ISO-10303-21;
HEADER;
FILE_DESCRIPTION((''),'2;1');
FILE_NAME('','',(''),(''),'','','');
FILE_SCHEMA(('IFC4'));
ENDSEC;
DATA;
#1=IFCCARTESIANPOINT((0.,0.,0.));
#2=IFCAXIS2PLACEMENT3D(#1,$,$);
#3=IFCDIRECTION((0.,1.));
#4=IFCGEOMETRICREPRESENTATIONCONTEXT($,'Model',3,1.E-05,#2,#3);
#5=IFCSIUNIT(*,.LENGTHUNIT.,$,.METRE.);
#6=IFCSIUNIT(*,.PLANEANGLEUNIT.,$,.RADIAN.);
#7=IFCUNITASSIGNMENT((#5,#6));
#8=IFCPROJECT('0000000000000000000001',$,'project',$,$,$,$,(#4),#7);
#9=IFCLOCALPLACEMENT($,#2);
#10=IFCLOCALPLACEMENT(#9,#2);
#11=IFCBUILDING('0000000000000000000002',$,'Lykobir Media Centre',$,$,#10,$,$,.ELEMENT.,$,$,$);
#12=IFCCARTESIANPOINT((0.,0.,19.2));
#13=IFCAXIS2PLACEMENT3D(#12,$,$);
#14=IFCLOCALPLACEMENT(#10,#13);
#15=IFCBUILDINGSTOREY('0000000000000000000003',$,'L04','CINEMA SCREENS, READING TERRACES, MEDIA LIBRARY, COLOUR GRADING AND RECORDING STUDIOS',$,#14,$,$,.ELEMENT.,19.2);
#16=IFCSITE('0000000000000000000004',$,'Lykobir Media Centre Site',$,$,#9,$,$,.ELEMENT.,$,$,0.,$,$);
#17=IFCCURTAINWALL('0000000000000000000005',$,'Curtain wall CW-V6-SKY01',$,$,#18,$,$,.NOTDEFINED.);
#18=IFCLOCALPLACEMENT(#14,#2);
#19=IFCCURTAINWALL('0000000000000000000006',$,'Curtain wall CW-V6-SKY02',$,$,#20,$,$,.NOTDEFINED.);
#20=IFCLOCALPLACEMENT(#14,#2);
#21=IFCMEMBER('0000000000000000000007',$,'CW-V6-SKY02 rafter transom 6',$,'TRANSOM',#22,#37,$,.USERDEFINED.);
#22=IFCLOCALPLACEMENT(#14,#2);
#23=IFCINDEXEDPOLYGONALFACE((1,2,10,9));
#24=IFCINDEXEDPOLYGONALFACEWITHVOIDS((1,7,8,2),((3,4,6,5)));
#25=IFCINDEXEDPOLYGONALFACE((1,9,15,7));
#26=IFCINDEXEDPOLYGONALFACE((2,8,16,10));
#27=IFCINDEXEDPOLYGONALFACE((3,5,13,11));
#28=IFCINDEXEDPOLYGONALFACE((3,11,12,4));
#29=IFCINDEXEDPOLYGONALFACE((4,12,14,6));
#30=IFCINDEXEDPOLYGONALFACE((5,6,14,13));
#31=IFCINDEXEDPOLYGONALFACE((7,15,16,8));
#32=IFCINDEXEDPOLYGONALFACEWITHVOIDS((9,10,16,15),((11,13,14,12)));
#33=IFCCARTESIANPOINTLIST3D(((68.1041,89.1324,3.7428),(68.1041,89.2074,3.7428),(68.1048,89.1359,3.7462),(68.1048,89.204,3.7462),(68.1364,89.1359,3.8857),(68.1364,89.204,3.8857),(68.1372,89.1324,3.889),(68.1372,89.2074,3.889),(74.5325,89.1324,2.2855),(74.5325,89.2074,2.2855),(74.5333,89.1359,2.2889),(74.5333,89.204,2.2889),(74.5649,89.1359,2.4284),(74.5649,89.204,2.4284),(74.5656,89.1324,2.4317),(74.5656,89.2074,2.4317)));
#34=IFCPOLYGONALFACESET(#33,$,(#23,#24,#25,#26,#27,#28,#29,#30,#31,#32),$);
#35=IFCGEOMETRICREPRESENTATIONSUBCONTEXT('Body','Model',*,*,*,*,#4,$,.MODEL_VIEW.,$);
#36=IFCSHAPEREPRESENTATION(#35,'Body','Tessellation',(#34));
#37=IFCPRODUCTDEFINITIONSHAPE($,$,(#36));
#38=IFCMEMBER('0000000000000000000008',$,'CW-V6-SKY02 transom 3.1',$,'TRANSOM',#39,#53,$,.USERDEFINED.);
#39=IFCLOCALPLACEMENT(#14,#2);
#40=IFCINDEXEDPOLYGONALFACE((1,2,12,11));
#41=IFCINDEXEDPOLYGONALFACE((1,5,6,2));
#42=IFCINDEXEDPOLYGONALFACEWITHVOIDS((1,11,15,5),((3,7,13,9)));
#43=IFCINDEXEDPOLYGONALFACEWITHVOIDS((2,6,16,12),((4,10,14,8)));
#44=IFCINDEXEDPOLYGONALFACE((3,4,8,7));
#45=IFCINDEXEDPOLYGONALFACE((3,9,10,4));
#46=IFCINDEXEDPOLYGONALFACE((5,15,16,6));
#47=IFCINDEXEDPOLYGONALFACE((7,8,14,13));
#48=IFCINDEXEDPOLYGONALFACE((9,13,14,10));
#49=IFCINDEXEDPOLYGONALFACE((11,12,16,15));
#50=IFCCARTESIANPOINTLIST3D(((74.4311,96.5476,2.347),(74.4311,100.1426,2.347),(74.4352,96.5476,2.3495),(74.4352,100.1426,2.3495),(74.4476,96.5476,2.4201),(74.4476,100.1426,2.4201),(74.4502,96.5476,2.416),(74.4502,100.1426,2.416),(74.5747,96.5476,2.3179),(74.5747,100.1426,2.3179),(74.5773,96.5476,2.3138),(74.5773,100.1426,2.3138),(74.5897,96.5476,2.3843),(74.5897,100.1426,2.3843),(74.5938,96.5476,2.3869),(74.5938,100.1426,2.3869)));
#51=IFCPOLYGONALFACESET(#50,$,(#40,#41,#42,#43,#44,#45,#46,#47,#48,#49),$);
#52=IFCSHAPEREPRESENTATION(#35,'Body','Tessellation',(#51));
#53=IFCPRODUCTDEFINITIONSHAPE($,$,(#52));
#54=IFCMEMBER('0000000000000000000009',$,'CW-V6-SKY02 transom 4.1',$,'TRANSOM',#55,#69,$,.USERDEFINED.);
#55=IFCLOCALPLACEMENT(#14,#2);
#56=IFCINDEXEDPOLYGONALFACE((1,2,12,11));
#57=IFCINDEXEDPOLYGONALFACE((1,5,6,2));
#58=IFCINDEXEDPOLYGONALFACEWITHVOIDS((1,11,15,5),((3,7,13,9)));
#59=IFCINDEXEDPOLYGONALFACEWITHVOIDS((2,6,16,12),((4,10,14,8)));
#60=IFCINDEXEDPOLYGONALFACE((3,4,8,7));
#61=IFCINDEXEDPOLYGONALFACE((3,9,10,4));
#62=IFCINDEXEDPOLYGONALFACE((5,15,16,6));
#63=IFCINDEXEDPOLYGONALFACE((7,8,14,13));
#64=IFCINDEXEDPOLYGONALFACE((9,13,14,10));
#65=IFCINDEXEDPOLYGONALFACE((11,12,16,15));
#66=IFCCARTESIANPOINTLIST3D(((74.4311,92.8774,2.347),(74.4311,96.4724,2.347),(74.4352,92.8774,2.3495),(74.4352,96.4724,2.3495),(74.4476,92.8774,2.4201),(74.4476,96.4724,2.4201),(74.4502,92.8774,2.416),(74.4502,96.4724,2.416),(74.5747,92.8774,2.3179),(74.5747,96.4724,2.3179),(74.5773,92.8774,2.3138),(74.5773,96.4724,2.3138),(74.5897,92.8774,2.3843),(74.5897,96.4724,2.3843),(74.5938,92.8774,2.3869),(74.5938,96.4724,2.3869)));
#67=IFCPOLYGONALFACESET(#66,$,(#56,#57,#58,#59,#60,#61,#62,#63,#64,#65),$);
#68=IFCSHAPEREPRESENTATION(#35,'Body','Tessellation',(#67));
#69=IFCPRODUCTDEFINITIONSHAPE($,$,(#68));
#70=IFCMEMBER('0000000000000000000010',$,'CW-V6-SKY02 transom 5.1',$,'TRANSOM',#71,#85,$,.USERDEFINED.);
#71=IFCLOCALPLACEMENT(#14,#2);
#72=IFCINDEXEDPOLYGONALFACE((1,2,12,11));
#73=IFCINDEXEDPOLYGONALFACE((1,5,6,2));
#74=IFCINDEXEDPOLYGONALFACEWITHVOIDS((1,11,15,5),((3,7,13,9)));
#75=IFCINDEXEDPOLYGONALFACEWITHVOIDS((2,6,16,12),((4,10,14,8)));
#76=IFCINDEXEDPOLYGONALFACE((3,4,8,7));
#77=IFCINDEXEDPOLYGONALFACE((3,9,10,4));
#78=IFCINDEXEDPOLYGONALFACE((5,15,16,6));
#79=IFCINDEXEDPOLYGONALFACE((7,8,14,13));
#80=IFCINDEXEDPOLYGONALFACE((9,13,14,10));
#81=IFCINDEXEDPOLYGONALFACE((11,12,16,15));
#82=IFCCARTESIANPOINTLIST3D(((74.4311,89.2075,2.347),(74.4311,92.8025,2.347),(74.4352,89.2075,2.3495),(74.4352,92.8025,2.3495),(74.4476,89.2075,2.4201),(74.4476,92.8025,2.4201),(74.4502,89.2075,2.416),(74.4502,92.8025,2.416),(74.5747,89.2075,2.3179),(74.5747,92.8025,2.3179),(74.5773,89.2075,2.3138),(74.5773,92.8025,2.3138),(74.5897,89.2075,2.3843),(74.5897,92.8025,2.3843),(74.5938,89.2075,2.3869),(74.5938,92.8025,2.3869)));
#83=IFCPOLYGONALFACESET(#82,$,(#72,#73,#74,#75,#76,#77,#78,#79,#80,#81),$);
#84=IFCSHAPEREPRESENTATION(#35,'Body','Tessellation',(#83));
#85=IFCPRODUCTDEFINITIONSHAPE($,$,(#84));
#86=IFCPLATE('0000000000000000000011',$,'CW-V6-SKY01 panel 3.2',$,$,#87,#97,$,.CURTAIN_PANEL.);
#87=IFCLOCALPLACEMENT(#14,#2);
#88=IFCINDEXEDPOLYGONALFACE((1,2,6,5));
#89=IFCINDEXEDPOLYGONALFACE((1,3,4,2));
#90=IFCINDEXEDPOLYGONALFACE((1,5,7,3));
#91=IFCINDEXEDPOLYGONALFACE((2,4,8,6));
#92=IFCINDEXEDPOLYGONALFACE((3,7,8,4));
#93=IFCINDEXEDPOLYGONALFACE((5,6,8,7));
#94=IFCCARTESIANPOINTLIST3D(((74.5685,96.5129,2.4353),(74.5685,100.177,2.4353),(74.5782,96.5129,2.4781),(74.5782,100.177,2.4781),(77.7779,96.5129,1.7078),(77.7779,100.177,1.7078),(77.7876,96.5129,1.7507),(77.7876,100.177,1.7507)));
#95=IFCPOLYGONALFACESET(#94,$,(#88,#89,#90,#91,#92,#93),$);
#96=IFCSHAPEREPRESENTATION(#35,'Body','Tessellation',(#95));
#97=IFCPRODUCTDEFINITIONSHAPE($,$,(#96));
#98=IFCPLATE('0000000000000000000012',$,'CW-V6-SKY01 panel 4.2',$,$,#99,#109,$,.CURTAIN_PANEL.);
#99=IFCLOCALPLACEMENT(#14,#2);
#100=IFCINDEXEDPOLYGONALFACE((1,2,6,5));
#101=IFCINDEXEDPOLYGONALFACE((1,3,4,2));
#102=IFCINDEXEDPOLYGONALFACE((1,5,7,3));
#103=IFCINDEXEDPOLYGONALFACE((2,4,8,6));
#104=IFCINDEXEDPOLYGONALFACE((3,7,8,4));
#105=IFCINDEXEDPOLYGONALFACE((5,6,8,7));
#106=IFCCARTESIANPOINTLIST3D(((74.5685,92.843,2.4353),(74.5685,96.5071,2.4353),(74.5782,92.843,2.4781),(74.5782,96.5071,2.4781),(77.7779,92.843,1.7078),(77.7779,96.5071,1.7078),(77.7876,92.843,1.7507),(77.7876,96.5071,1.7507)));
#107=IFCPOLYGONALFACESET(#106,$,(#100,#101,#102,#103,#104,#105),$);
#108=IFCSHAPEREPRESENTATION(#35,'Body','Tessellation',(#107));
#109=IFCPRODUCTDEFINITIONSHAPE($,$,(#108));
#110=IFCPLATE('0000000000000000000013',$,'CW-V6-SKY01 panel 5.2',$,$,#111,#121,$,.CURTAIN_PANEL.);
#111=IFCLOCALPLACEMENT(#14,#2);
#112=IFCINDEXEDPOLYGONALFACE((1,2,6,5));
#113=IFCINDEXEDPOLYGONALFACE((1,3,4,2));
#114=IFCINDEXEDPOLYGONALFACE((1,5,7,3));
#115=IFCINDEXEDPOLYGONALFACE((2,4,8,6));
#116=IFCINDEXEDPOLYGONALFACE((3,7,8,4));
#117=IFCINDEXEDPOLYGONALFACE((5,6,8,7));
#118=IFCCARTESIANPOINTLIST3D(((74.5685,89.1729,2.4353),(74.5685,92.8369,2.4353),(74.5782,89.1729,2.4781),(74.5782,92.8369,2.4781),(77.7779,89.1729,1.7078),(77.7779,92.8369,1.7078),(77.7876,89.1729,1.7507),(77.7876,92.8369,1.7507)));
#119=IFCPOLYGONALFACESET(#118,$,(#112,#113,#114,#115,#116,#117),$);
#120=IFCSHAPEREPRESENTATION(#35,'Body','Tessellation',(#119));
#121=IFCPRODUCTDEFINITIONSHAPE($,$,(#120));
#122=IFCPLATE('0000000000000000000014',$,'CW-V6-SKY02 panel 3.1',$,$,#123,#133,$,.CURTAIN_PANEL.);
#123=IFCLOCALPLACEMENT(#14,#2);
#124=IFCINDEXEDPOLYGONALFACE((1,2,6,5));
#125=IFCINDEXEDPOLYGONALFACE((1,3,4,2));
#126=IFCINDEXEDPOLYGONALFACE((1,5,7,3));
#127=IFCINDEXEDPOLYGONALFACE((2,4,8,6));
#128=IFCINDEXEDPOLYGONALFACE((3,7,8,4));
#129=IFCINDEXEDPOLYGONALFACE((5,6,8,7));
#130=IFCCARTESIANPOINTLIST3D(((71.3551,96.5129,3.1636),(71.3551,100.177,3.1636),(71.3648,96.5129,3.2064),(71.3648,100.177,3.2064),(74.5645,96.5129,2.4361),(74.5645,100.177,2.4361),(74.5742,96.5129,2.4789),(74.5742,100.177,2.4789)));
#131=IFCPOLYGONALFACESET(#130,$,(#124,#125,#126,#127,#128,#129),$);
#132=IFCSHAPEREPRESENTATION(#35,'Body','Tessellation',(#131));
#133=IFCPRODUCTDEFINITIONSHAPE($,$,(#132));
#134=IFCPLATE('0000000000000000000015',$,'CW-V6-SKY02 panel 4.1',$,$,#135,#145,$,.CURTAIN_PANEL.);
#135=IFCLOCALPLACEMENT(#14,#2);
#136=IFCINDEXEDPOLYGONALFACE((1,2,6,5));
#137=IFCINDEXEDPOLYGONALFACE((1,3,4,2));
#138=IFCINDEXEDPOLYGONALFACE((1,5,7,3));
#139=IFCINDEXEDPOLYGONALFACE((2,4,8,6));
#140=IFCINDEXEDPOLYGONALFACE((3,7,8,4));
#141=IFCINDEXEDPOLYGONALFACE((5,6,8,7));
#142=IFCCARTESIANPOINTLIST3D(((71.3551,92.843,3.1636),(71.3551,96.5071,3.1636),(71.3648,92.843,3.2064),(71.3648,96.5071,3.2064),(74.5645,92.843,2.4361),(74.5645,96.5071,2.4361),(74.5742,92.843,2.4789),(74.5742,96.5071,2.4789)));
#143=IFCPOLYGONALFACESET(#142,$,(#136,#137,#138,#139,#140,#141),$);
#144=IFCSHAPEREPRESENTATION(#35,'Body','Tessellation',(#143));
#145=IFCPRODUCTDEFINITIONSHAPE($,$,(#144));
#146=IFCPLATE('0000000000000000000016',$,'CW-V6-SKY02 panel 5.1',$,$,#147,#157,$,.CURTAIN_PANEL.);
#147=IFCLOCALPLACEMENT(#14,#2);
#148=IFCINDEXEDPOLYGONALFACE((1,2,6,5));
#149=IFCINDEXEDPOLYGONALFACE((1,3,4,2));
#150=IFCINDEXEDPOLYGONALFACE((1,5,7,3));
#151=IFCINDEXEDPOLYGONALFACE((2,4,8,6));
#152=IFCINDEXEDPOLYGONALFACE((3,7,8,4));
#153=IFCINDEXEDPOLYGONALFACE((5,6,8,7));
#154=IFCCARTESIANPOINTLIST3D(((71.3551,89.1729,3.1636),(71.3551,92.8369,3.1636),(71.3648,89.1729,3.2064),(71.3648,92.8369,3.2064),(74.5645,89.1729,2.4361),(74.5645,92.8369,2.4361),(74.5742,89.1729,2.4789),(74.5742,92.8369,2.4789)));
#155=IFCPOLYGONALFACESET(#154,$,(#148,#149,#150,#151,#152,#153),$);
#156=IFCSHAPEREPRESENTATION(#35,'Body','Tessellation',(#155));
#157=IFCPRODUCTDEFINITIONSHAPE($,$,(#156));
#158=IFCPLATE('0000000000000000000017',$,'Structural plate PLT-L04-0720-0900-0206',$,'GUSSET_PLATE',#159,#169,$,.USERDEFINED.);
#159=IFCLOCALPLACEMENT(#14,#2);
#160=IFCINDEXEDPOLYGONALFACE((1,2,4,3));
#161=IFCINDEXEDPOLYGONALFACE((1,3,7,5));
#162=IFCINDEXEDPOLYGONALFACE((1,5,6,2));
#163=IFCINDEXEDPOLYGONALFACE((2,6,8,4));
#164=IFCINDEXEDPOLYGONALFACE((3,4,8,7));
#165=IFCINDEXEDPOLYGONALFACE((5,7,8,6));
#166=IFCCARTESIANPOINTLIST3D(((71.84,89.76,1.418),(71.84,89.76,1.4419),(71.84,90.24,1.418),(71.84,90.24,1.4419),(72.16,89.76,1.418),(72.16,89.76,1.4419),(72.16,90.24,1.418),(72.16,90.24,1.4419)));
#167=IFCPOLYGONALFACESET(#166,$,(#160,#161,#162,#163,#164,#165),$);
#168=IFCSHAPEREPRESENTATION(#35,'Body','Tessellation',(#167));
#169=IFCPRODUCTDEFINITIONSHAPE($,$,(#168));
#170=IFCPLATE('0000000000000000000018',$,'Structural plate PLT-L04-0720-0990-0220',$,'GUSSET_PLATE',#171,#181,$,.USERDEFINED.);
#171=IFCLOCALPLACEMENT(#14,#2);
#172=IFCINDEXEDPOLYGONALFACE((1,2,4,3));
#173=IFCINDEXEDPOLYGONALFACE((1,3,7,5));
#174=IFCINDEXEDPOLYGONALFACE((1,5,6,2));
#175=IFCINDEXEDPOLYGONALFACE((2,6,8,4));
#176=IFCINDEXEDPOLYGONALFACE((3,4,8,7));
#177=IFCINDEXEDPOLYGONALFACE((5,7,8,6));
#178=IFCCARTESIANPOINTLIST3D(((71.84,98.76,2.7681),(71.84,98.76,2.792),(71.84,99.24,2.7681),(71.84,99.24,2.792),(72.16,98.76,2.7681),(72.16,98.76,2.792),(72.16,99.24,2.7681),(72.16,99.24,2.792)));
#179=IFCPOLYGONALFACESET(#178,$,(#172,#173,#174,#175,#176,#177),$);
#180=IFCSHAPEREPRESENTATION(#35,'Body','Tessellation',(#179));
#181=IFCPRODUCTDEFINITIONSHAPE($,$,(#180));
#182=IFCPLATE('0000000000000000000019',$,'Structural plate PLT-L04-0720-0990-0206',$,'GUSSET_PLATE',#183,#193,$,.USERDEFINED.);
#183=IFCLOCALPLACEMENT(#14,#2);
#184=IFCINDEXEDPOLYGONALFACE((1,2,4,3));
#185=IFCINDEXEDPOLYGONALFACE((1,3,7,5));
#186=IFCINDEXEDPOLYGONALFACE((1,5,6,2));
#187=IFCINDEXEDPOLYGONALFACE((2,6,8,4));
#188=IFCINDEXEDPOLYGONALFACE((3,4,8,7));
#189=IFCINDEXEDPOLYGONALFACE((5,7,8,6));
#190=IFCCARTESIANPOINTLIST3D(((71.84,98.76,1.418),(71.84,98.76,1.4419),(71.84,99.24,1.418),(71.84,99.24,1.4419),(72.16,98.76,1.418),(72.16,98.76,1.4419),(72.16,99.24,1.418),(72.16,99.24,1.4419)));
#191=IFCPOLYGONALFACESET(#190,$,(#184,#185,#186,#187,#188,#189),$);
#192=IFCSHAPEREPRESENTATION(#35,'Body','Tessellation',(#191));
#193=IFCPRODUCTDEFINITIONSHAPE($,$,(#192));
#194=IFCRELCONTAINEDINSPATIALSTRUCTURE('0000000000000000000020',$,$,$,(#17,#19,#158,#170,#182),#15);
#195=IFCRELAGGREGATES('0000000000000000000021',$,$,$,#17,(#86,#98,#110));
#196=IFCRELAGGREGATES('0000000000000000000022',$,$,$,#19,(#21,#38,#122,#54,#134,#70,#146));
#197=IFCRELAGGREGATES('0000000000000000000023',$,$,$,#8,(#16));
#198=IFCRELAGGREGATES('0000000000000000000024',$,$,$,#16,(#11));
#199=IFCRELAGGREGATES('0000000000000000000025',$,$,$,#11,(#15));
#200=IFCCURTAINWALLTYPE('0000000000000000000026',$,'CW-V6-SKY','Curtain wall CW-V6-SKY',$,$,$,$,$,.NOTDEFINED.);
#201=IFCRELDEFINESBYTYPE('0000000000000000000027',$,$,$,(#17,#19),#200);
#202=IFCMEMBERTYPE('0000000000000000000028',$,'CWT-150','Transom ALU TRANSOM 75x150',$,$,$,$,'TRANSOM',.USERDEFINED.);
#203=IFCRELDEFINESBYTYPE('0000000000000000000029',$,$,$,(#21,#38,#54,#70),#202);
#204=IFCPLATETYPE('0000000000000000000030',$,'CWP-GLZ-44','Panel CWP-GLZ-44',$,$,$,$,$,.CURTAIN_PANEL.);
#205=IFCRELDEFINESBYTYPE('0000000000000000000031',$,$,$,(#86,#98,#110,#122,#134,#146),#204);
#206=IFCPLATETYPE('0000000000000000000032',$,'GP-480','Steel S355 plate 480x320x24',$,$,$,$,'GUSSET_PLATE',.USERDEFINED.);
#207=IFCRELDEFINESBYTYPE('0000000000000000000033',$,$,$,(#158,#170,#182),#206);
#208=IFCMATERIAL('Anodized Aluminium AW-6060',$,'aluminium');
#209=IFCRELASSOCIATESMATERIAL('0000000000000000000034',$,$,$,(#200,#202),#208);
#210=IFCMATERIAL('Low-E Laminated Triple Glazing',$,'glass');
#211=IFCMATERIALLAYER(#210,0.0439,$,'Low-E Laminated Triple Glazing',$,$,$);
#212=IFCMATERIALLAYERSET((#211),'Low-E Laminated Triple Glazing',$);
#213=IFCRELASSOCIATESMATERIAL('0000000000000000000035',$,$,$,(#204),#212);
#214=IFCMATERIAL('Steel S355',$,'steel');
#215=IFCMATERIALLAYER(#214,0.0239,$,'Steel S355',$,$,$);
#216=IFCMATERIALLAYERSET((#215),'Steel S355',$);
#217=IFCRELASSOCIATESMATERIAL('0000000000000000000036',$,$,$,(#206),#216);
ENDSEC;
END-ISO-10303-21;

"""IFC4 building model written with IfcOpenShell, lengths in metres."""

from ifc_helpers import new_model, si_unit, direction, frame, origin, origin_2d, place, context, subcontext, project, spatial, rectangle, hollow_rectangle, extrude, material, layer, layer_set, material_profile, profile_set, type_object, element, aggregate, save


model = new_model("IFC4")

# Units and contexts
model_context = context("Model", 3, precision=1e-05, world=origin(), true_north=direction((0.0, 1.0)))
body_context = subcontext(model_context, "Body", "Model", "MODEL_VIEW")
ifc_project = project(units=[si_unit("LENGTHUNIT", "METRE"), si_unit("PLANEANGLEUNIT", "RADIAN")], contexts=[model_context])

# Site, building, storey
site_placement = place(None, origin())
site = spatial("IfcSite", under=ifc_project, at=site_placement, Name="Lykobir Media Centre Site", CompositionType="ELEMENT", RefElevation=0.0)
building_placement = place(site_placement, origin())
building = spatial("IfcBuilding", under=site, at=building_placement, Name="Lykobir Media Centre", CompositionType="ELEMENT")
storey_placement = place(building_placement, frame((0.0, 0.0, 19.2)))
storey = spatial("IfcBuildingStorey", under=building, at=storey_placement, Name="L04", Description="CINEMA SCREENS, READING TERRACES, MEDIA LIBRARY, COLOUR GRADING AND RECORDING STUDIOS", CompositionType="ELEMENT", Elevation=19.2)

# Shared definitions
ifc_material_1 = material(Name="Steel S355", Category="steel")

# Curtain walls, members
ifc_material_2 = material(Name="Anodized Aluminium AW-6060", Category="aluminium")
curtain_wall_type = type_object("IfcCurtainWallType", Name="CW-V6-SKY", Description="Curtain wall CW-V6-SKY", PredefinedType="NOTDEFINED", material=ifc_material_2)
curtain_wall_1_placement = place(storey_placement, origin())
curtain_wall_1 = element("IfcCurtainWall", 1, at=curtain_wall_1_placement, inside=storey, type_object=curtain_wall_type, Name="Curtain wall CW-V6-SKY01", PredefinedType="NOTDEFINED")
ifc_material_profile_1 = material_profile(ifc_material_2, hollow_rectangle(XDim=0.075, YDim=0.1499, WallThickness=0.0034, at=origin_2d()), Name="ALU TRANSOM 75x150")
ifc_profile_set_1 = profile_set([ifc_material_profile_1], Name="Anodized Aluminium AW-6060")
member_type_1 = type_object("IfcMemberType", Name="CWT-150", Description="Transom ALU TRANSOM 75x150", ElementType="TRANSOM", PredefinedType="USERDEFINED", material=ifc_profile_set_1)
curtain_wall_2_placement = place(storey_placement, origin())
curtain_wall_2 = element("IfcCurtainWall", 2, at=curtain_wall_2_placement, inside=storey, type_object=curtain_wall_type, Name="Curtain wall CW-V6-SKY02", PredefinedType="NOTDEFINED")
member_1_placement = place(storey_placement, frame((74.5491, 89.1699, 2.3586), z_axis=(-0.975255, 0.0, 0.221082), x_axis=(0.0, -1.0, 0.0)))
member_1 = element("IfcMember", 3, at=member_1_placement, type_object=member_type_1, Name="CW-V6-SKY02 rafter transom 6", ObjectType="TRANSOM", PredefinedType="USERDEFINED", context=body_context, shape_type="SweptSolid", body=[
    extrude(hollow_rectangle(XDim=0.075, YDim=0.1499, WallThickness=0.0034, at=origin_2d()), origin(), (0.0, 0.0, 1.0), 6.5916),
])
member_2_placement = place(storey_placement, frame((74.5125, 100.1426, 2.3669), z_axis=(0.0, -1.0, 0.0), x_axis=(0.221072, 0.0, 0.975258)))
member_2 = element("IfcMember", 4, at=member_2_placement, type_object=member_type_1, Name="CW-V6-SKY02 transom 3.1", ObjectType="TRANSOM", PredefinedType="USERDEFINED", context=body_context, shape_type="SweptSolid", body=[
    extrude(hollow_rectangle(XDim=0.075, YDim=0.1499, WallThickness=0.0034, at=origin_2d()), origin(), (0.0, 0.0, 1.0), 3.595),
])
member_3_placement = place(storey_placement, frame((74.5125, 96.4724, 2.3669), z_axis=(0.0, -1.0, 0.0), x_axis=(0.221072, 0.0, 0.975258)))
member_3 = element("IfcMember", 5, at=member_3_placement, type_object=member_type_1, Name="CW-V6-SKY02 transom 4.1", ObjectType="TRANSOM", PredefinedType="USERDEFINED", context=body_context, shape_type="SweptSolid", body=[
    extrude(hollow_rectangle(XDim=0.075, YDim=0.1499, WallThickness=0.0034, at=origin_2d()), origin(), (0.0, 0.0, 1.0), 3.595),
])
member_4_placement = place(storey_placement, frame((74.5125, 92.8025, 2.3669), z_axis=(0.0, -1.0, 0.0), x_axis=(0.221072, 0.0, 0.975258)))
member_4 = element("IfcMember", 6, at=member_4_placement, type_object=member_type_1, Name="CW-V6-SKY02 transom 5.1", ObjectType="TRANSOM", PredefinedType="USERDEFINED", context=body_context, shape_type="SweptSolid", body=[
    extrude(hollow_rectangle(XDim=0.075, YDim=0.1499, WallThickness=0.0034, at=origin_2d()), origin(), (0.0, 0.0, 1.0), 3.595),
])

# Plates
ifc_material_3 = material(Name="Low-E Laminated Triple Glazing", Category="glass")
ifc_layer_1 = layer(ifc_material_3, 0.0439, Name="Low-E Laminated Triple Glazing")
ifc_layer_set_1 = layer_set([ifc_layer_1], Name="Low-E Laminated Triple Glazing")
plate_type_1 = type_object("IfcPlateType", Name="CWP-GLZ-44", Description="Panel CWP-GLZ-44", PredefinedType="CURTAIN_PANEL", material=ifc_layer_set_1)
plate_1_placement = place(storey_placement, frame((77.7827, 98.345, 1.7292), z_axis=(-0.975261, 0.0, 0.221055), x_axis=(0.0, -1.0, 0.0)))
plate_1 = element("IfcPlate", 7, at=plate_1_placement, type_object=plate_type_1, Name="CW-V6-SKY01 panel 3.2", PredefinedType="CURTAIN_PANEL", context=body_context, shape_type="SweptSolid", body=[
    extrude(rectangle(XDim=3.6641, YDim=0.0439, at=origin_2d()), origin(), (0.0, 0.0, 1.0), 3.2908),
])
plate_2_placement = place(storey_placement, frame((77.7827, 94.675, 1.7292), z_axis=(-0.975261, 0.0, 0.221055), x_axis=(0.0, -1.0, 0.0)))
plate_2 = element("IfcPlate", 8, at=plate_2_placement, type_object=plate_type_1, Name="CW-V6-SKY01 panel 4.2", PredefinedType="CURTAIN_PANEL", context=body_context, shape_type="SweptSolid", body=[
    extrude(rectangle(XDim=3.6641, YDim=0.0439, at=origin_2d()), origin(), (0.0, 0.0, 1.0), 3.2908),
])
plate_3_placement = place(storey_placement, frame((77.7827, 91.0049, 1.7292), z_axis=(-0.975261, 0.0, 0.221055), x_axis=(0.0, -1.0, 0.0)))
plate_3 = element("IfcPlate", 9, at=plate_3_placement, type_object=plate_type_1, Name="CW-V6-SKY01 panel 5.2", PredefinedType="CURTAIN_PANEL", context=body_context, shape_type="SweptSolid", body=[
    extrude(rectangle(XDim=3.6641, YDim=0.0439, at=origin_2d()), origin(), (0.0, 0.0, 1.0), 3.2908),
])
aggregate(curtain_wall_1, [plate_1, plate_2, plate_3])
plate_4_placement = place(storey_placement, frame((74.5693, 98.345, 2.4575), z_axis=(-0.975258, 0.0, 0.221072), x_axis=(0.0, -1.0, 0.0)))
plate_4 = element("IfcPlate", 10, at=plate_4_placement, type_object=plate_type_1, Name="CW-V6-SKY02 panel 3.1", PredefinedType="CURTAIN_PANEL", context=body_context, shape_type="SweptSolid", body=[
    extrude(rectangle(XDim=3.6641, YDim=0.0439, at=origin_2d()), origin(), (0.0, 0.0, 1.0), 3.2908),
])
plate_5_placement = place(storey_placement, frame((74.5693, 94.675, 2.4575), z_axis=(-0.975258, 0.0, 0.221072), x_axis=(0.0, -1.0, 0.0)))
plate_5 = element("IfcPlate", 11, at=plate_5_placement, type_object=plate_type_1, Name="CW-V6-SKY02 panel 4.1", PredefinedType="CURTAIN_PANEL", context=body_context, shape_type="SweptSolid", body=[
    extrude(rectangle(XDim=3.6641, YDim=0.0439, at=origin_2d()), origin(), (0.0, 0.0, 1.0), 3.2908),
])
plate_6_placement = place(storey_placement, frame((74.5693, 91.0049, 2.4575), z_axis=(-0.975258, 0.0, 0.221072), x_axis=(0.0, -1.0, 0.0)))
plate_6 = element("IfcPlate", 12, at=plate_6_placement, type_object=plate_type_1, Name="CW-V6-SKY02 panel 5.1", PredefinedType="CURTAIN_PANEL", context=body_context, shape_type="SweptSolid", body=[
    extrude(rectangle(XDim=3.6641, YDim=0.0439, at=origin_2d()), origin(), (0.0, 0.0, 1.0), 3.2908),
])
aggregate(curtain_wall_2, [member_1, member_2, plate_4, member_3, plate_5, member_4, plate_6])

# Plates
ifc_layer_2 = layer(ifc_material_1, 0.0239, Name="Steel S355")
ifc_layer_set_2 = layer_set([ifc_layer_2], Name="Steel S355")
plate_type_2 = type_object("IfcPlateType", Name="GP-480", Description="Steel S355 plate 480x320x24", ElementType="GUSSET_PLATE", PredefinedType="USERDEFINED", material=ifc_layer_set_2)
for number, where, z_axis, x_axis, name in (
    (13, (72.0, 90.0, 1.418), (0.0, 0.0, 1.0), (0.0, 1.0, 0.0), "Structural plate PLT-L04-0720-0900-0206"),
    (14, (72.0, 99.0, 2.7681), (0.0, 0.0, 1.0), (0.0, 1.0, 0.0), "Structural plate PLT-L04-0720-0990-0220"),
    (15, (72.0, 99.0, 1.418), (0.0, 0.0, 1.0), (0.0, 1.0, 0.0), "Structural plate PLT-L04-0720-0990-0206"),
):
    element("IfcPlate", number, at=place(storey_placement, frame(where, z_axis=z_axis, x_axis=x_axis)), inside=storey, type_object=plate_type_2, Name=name, ObjectType="GUSSET_PLATE", PredefinedType="USERDEFINED", context=body_context, shape_type="SweptSolid", body=[
        extrude(rectangle(XDim=0.48, YDim=0.3201, at=origin_2d()), origin(), (0.0, 0.0, 1.0), 0.0239),
    ])

save(model, "model.ifc")
